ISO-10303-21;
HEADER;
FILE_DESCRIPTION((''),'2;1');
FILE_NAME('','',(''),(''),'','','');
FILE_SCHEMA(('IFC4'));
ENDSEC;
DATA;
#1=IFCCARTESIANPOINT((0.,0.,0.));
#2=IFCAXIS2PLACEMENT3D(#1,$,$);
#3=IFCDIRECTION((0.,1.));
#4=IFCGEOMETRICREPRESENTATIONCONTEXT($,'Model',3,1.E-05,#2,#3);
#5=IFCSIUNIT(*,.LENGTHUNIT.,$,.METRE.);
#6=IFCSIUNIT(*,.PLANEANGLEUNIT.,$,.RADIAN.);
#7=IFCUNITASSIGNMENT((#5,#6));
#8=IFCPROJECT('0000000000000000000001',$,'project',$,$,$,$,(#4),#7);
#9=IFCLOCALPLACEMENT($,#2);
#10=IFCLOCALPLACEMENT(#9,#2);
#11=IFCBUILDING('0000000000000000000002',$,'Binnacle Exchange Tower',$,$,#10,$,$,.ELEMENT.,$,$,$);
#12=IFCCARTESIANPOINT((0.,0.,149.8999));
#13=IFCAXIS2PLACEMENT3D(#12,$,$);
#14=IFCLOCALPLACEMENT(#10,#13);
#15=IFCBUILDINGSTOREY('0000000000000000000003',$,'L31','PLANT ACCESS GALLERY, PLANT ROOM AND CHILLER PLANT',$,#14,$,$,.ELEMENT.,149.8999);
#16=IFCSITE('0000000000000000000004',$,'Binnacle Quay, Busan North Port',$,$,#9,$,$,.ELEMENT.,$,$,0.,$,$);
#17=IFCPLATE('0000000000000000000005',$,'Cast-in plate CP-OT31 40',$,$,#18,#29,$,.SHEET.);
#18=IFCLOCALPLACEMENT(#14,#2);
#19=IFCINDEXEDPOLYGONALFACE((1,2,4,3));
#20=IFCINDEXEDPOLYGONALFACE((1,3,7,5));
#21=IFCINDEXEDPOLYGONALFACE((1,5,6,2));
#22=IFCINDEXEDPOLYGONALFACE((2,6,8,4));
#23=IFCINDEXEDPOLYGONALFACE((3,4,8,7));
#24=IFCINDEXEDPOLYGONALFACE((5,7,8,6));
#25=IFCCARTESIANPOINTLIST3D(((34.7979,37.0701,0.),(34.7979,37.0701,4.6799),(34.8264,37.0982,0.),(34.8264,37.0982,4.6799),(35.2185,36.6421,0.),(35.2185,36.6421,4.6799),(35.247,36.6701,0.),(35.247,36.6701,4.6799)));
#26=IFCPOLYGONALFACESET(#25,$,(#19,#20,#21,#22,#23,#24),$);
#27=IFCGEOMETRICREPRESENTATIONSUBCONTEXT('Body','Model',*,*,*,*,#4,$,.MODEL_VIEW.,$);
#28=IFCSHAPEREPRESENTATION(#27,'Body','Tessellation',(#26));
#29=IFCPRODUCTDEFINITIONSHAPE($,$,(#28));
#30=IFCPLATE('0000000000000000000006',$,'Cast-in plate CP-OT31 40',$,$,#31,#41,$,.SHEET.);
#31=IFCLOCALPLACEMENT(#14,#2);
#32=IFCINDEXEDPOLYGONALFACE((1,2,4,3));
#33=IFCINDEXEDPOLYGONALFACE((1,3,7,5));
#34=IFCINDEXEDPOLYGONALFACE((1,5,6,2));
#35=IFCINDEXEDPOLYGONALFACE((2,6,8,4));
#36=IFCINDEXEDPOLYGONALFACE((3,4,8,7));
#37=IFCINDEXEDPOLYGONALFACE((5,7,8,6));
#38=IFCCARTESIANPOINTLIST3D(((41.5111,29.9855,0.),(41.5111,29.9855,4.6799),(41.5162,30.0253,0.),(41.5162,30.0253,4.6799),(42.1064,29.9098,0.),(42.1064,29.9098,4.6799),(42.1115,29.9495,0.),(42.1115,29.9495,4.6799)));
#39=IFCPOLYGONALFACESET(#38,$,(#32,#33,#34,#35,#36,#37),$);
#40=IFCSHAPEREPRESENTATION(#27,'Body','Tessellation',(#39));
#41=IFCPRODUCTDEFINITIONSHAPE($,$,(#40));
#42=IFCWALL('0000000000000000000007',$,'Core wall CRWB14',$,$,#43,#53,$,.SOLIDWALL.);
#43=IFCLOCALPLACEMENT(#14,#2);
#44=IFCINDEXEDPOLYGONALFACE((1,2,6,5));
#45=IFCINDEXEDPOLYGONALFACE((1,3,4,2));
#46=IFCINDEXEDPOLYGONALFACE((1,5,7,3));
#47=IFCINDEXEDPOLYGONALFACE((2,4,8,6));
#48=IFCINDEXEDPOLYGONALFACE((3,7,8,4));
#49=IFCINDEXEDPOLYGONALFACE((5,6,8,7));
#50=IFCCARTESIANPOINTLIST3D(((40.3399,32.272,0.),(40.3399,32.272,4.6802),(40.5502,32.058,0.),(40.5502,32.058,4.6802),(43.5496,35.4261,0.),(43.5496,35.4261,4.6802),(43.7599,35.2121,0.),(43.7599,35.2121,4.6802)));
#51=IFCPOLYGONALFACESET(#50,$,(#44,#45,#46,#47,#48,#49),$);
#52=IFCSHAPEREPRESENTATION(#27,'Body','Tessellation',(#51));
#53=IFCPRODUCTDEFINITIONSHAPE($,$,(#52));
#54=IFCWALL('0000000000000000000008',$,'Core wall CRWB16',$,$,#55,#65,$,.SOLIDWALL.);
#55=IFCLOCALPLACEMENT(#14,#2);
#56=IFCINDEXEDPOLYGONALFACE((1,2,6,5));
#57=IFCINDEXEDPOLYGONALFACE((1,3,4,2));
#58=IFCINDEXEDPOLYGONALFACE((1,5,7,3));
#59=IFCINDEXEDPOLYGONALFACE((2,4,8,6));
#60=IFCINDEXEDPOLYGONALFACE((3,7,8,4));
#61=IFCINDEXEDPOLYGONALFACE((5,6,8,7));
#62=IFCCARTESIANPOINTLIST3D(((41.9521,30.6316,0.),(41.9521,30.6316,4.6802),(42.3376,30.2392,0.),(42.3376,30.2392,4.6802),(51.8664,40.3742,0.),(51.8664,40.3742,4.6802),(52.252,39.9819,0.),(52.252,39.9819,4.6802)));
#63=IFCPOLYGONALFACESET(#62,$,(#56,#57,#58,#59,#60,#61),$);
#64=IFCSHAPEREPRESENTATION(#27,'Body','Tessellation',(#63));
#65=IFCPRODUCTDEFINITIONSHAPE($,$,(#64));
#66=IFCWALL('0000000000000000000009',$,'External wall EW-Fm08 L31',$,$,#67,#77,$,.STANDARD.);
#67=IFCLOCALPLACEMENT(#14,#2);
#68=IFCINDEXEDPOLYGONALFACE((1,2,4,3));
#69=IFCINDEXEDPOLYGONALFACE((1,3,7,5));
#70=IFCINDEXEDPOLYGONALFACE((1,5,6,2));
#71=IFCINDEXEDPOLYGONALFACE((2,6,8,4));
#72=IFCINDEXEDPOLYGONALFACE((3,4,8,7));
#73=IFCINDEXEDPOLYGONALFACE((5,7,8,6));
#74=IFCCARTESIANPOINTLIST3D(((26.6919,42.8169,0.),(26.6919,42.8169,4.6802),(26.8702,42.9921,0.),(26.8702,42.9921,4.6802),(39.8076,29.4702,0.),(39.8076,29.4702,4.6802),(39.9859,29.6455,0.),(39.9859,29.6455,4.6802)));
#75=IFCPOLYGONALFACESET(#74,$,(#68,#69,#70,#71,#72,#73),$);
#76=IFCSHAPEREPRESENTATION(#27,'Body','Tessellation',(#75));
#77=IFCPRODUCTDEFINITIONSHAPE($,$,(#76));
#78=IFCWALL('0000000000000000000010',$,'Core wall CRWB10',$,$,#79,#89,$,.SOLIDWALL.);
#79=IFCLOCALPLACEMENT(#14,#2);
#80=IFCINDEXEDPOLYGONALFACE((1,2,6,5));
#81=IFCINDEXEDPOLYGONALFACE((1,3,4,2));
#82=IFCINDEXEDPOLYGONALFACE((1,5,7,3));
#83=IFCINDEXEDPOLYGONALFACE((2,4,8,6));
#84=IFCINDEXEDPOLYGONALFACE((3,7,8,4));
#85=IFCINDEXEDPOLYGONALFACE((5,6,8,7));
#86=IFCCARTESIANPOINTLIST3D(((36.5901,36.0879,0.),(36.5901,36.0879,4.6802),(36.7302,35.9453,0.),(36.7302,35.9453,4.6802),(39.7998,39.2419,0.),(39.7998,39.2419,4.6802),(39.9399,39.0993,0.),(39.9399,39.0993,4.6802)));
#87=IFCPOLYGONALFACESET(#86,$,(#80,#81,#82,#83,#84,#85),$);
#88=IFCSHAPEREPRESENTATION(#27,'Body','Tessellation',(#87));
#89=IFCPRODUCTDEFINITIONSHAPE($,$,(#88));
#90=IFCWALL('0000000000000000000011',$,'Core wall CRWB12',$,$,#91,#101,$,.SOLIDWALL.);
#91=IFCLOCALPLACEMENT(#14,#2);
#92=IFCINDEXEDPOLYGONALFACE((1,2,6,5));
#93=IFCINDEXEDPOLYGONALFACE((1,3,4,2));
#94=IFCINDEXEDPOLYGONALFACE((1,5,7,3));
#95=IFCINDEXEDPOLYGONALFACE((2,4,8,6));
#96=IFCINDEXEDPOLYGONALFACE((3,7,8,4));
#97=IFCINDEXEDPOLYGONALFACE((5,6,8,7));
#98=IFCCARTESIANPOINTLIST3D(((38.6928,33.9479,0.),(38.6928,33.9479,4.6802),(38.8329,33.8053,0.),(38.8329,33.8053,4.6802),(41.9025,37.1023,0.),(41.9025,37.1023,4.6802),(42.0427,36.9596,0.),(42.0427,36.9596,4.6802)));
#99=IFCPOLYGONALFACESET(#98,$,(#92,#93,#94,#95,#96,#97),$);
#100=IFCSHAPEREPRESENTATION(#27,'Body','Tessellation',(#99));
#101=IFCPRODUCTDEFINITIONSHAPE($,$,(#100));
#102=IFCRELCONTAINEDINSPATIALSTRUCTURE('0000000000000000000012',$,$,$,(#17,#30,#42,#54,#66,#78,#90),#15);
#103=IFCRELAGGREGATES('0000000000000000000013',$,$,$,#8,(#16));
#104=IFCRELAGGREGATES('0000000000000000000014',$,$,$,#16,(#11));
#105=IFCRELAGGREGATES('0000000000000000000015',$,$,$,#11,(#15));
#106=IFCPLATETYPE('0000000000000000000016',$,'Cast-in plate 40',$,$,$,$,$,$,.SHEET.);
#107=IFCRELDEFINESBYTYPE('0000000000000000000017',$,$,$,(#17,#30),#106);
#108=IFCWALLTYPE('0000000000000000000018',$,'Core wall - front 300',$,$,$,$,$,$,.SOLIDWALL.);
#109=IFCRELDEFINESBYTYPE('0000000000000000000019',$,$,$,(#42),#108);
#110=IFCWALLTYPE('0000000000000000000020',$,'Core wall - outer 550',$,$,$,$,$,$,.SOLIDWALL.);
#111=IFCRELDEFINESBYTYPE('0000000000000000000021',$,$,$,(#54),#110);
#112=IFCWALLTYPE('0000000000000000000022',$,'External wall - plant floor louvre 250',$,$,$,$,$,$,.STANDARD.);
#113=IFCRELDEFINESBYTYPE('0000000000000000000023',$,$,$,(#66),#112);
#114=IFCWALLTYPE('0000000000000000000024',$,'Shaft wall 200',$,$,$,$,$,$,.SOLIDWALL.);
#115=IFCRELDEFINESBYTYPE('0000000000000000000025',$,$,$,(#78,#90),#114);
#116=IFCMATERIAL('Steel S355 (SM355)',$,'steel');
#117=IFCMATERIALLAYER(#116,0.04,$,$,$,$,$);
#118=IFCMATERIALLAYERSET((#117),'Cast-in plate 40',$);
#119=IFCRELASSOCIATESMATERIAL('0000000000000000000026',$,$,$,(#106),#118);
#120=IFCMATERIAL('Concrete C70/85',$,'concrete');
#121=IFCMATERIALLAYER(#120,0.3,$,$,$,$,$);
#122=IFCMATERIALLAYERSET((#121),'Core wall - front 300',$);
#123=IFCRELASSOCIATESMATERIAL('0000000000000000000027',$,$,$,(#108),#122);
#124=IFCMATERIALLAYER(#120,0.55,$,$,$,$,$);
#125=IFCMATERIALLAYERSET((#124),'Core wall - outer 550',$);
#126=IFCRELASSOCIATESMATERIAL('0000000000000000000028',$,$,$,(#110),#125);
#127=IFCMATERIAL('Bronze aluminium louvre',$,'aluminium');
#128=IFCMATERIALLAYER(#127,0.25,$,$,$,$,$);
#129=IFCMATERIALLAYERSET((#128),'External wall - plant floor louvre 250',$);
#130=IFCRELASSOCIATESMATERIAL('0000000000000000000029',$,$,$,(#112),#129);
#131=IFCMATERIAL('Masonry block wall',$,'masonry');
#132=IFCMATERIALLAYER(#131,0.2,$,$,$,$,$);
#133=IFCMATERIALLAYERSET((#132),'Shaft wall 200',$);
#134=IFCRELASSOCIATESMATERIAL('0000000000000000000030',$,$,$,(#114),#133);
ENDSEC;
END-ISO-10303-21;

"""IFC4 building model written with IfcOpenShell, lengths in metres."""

from ifc_helpers import new_model, si_unit, direction, frame, frame_2d, origin, origin_2d, place, context, subcontext, project, spatial, rectangle, extrude, material, layer, layer_set, type_object, element, save


model = new_model("IFC4")

# Units and contexts
model_context = context("Model", 3, precision=1e-05, world=origin(), true_north=direction((0.0, 1.0)))
body_context = subcontext(model_context, "Body", "Model", "MODEL_VIEW")
ifc_project = project(units=[si_unit("LENGTHUNIT", "METRE"), si_unit("PLANEANGLEUNIT", "RADIAN")], contexts=[model_context])

# Site, building, storey
site_placement = place(None, origin())
site = spatial("IfcSite", under=ifc_project, at=site_placement, Name="Binnacle Quay, Busan North Port", CompositionType="ELEMENT", RefElevation=0.0)
building_placement = place(site_placement, origin())
building = spatial("IfcBuilding", under=site, at=building_placement, Name="Binnacle Exchange Tower", CompositionType="ELEMENT")
storey_placement = place(building_placement, frame((0.0, 0.0, 149.8999)))
storey = spatial("IfcBuildingStorey", under=building, at=storey_placement, Name="L31", Description="PLANT ACCESS GALLERY, PLANT ROOM AND CHILLER PLANT", CompositionType="ELEMENT", Elevation=149.8999)

# Shared definitions
ifc_material_1 = material(Name="Concrete C70/85", Category="concrete")

# Plates
ifc_material_2 = material(Name="Steel S355 (SM355)", Category="steel")
ifc_layer_1 = layer(ifc_material_2, 0.04)
ifc_layer_set_1 = layer_set([ifc_layer_1], Name="Cast-in plate 40")
plate_type = type_object("IfcPlateType", Name="Cast-in plate 40", PredefinedType="SHEET", material=ifc_layer_set_1)
for number, where, z_axis, x_axis, name in (
    (1, (35.0225, 36.8701, 0.0), (0.0, 0.0, 1.0), (0.71325, 0.700909, 0.0), "Cast-in plate CP-OT31 40"),
    (2, (41.8113, 29.9675, 0.0), (0.0, 0.0, 1.0), (0.126199, 0.992005, 0.0), "Cast-in plate CP-OT31 40"),
):
    element("IfcPlate", number, at=place(storey_placement, frame(where, z_axis=z_axis, x_axis=x_axis)), inside=storey, type_object=plate_type, Name=name, PredefinedType="SHEET", context=body_context, shape_type="SweptSolid", body=[
        extrude(rectangle(XDim=0.04, YDim=0.6001, at=origin_2d()), origin(), (0.0, 0.0, 1.0), 4.6799),
    ])

# Walls
ifc_layer_2 = layer(ifc_material_1, 0.3)
ifc_layer_set_2 = layer_set([ifc_layer_2], Name="Core wall - front 300")
wall_type_1 = type_object("IfcWallType", Name="Core wall - front 300", PredefinedType="SOLIDWALL", material=ifc_layer_set_2)
wall_1_placement = place(storey_placement, frame((40.4451, 32.165, 0.0), z_axis=(0.0, 0.0, 1.0), x_axis=(0.713265, 0.700895, 0.0)))
element("IfcWall", 3, at=wall_1_placement, inside=storey, type_object=wall_type_1, Name="Core wall CRWB14", PredefinedType="SOLIDWALL", context=body_context, shape_type="SweptSolid", body=[
    extrude(rectangle(XDim=4.5, YDim=0.3, at=frame_2d((2.25, 0.0))), origin(), (0.0, 0.0, 1.0), 4.6802),
])
ifc_layer_3 = layer(ifc_material_1, 0.55)
ifc_layer_set_3 = layer_set([ifc_layer_3], Name="Core wall - outer 550")
wall_type_2 = type_object("IfcWallType", Name="Core wall - outer 550", PredefinedType="SOLIDWALL", material=ifc_layer_set_3)
wall_2_placement = place(storey_placement, frame((42.1448, 30.4353, 0.0), z_axis=(0.0, 0.0, 1.0), x_axis=(0.713254, 0.700906, 0.0)))
element("IfcWall", 4, at=wall_2_placement, inside=storey, type_object=wall_type_2, Name="Core wall CRWB16", PredefinedType="SOLIDWALL", context=body_context, shape_type="SweptSolid", body=[
    extrude(rectangle(XDim=13.9001, YDim=0.55, at=frame_2d((6.9502, 0.0))), origin(), (0.0, 0.0, 1.0), 4.6802),
])
ifc_material_3 = material(Name="Bronze aluminium louvre", Category="aluminium")
ifc_layer_4 = layer(ifc_material_3, 0.25)
ifc_layer_set_4 = layer_set([ifc_layer_4], Name="External wall - plant floor louvre 250")
wall_type_3 = type_object("IfcWallType", Name="External wall - plant floor louvre 250", PredefinedType="STANDARD", material=ifc_layer_set_4)
wall_3_placement = place(storey_placement, frame((39.8967, 29.5579, 0.0), z_axis=(0.0, 0.0, 1.0), x_axis=(-0.700909, 0.713251, 0.0)))
element("IfcWall", 5, at=wall_3_placement, inside=storey, type_object=wall_type_3, Name="External wall EW-Fm08 L31", PredefinedType="STANDARD", context=body_context, shape_type="SweptSolid", body=[
    extrude(rectangle(XDim=18.7124, YDim=0.25, at=frame_2d((9.3562, 0.0))), origin(), (0.0, 0.0, 1.0), 4.6802),
])
ifc_material_4 = material(Name="Masonry block wall", Category="masonry")
ifc_layer_5 = layer(ifc_material_4, 0.2)
ifc_layer_set_5 = layer_set([ifc_layer_5], Name="Shaft wall 200")
wall_type_4 = type_object("IfcWallType", Name="Shaft wall 200", PredefinedType="SOLIDWALL", material=ifc_layer_set_5)
wall_4_placement = place(storey_placement, frame((36.6602, 36.0166, 0.0), z_axis=(0.0, 0.0, 1.0), x_axis=(0.713265, 0.700895, 0.0)))
element("IfcWall", 6, at=wall_4_placement, inside=storey, type_object=wall_type_4, Name="Core wall CRWB10", PredefinedType="SOLIDWALL", context=body_context, shape_type="SweptSolid", body=[
    extrude(rectangle(XDim=4.5, YDim=0.2, at=frame_2d((2.25, 0.0))), origin(), (0.0, 0.0, 1.0), 4.6802),
])
wall_5_placement = place(storey_placement, frame((38.7629, 33.8767, 0.0), z_axis=(0.0, 0.0, 1.0), x_axis=(0.713237, 0.700922, 0.0)))
element("IfcWall", 7, at=wall_5_placement, inside=storey, type_object=wall_type_4, Name="Core wall CRWB12", PredefinedType="SOLIDWALL", context=body_context, shape_type="SweptSolid", body=[
    extrude(rectangle(XDim=4.5002, YDim=0.2, at=frame_2d((2.25, 0.0))), origin(), (0.0, 0.0, 1.0), 4.6802),
])

save(model, "model.ifc")
